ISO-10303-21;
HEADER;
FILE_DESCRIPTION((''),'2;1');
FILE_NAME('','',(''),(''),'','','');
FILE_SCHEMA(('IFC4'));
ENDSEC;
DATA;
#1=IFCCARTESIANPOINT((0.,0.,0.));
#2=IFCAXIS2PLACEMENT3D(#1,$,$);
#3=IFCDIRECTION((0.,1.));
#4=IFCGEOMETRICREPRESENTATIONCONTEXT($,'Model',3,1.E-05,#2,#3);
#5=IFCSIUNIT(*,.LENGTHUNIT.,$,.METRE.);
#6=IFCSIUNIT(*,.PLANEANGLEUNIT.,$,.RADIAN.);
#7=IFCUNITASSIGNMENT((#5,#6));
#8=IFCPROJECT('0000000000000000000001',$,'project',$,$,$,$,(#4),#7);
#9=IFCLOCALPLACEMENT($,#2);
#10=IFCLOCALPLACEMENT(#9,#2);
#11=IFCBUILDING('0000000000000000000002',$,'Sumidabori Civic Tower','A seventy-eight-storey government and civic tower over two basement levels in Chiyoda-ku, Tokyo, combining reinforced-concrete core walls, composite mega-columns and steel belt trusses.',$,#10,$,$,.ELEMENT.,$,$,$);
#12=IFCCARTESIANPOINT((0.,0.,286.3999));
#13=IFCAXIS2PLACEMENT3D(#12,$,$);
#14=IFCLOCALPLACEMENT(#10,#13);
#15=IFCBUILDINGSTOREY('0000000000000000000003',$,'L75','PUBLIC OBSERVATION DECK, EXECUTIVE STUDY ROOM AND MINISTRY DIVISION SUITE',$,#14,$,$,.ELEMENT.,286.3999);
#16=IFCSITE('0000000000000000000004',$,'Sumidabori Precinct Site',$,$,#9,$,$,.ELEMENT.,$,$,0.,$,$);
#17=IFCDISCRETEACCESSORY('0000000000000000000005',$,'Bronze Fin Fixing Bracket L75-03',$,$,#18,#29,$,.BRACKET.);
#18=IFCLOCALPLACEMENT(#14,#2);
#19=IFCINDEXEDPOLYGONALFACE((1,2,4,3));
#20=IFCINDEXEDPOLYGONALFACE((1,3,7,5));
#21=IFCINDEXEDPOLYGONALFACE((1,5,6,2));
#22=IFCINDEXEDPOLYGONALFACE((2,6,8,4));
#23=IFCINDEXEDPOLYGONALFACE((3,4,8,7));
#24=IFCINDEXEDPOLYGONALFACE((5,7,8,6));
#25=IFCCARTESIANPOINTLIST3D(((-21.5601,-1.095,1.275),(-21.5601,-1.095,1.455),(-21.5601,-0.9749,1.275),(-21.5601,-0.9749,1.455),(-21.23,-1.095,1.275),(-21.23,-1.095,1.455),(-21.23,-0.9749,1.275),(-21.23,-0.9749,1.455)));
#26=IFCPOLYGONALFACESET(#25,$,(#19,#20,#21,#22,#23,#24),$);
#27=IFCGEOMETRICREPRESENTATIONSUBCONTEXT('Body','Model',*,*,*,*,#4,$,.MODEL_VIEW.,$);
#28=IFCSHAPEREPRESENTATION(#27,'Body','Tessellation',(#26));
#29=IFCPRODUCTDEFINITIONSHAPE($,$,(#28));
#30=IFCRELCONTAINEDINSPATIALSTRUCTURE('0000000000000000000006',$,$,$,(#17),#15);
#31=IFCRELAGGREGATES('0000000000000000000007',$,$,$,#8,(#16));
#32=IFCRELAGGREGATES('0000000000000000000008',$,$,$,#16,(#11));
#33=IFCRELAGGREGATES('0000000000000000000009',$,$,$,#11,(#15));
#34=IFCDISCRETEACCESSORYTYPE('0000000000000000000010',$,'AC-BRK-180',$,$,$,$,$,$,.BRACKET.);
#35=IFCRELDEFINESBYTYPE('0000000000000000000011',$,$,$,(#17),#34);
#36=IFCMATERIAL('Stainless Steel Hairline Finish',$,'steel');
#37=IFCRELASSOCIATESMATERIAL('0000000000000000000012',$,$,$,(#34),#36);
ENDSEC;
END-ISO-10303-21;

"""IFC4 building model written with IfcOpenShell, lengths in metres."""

from ifc_helpers import new_model, si_unit, direction, frame, origin, origin_2d, place, context, subcontext, project, spatial, rectangle, extrude, source, transform, mapped, material, material_profile, profile_set, type_object, element, save


model = new_model("IFC4")

# Units and contexts
model_context = context("Model", 3, precision=1e-05, world=origin(), true_north=direction((0.0, 1.0)))
body_context = subcontext(model_context, "Body", "Model", "MODEL_VIEW")
ifc_project = project(units=[si_unit("LENGTHUNIT", "METRE"), si_unit("PLANEANGLEUNIT", "RADIAN")], contexts=[model_context])

# Site, building, storey
site_placement = place(None, origin())
site = spatial("IfcSite", under=ifc_project, at=site_placement, Name="Sumidabori Precinct Site", CompositionType="ELEMENT", RefElevation=0.0)
building_placement = place(site_placement, origin())
building = spatial("IfcBuilding", under=site, at=building_placement, Name="Sumidabori Civic Tower", Description="A seventy-eight-storey government and civic tower over two basement levels in Chiyoda-ku, Tokyo, combining reinforced-concrete core walls, composite mega-columns and steel belt trusses.", CompositionType="ELEMENT")
storey_placement = place(building_placement, frame((0.0, 0.0, 286.3999)))
storey = spatial("IfcBuildingStorey", under=building, at=storey_placement, Name="L75", Description="PUBLIC OBSERVATION DECK, EXECUTIVE STUDY ROOM AND MINISTRY DIVISION SUITE", CompositionType="ELEMENT", Elevation=286.3999)

# Discrete accessory
ifc_material_1 = material(Name="Stainless Steel Hairline Finish", Category="steel")
ifc_material_profile_1 = material_profile(ifc_material_1, rectangle(XDim=0.1201, YDim=0.1799, at=origin_2d()), Name="STEEL BRACKET 180x120")
ifc_profile_set_1 = profile_set([ifc_material_profile_1], Name="Stainless Steel Hairline Finish")
discrete_accessory_type = type_object("IfcDiscreteAccessoryType", Name="AC-BRK-180", PredefinedType="BRACKET", material=ifc_profile_set_1)
shared_shape_1 = source(origin(), body_context, "Body", "SweptSolid", [
    extrude(rectangle(XDim=0.1201, YDim=0.1799, at=origin_2d()), origin(), (0.0, 0.0, 1.0), 0.3301),
])
discrete_accessory_placement = place(storey_placement, frame((-21.23, -1.0349, 1.365), z_axis=(-1.0, 0.0, 0.0), x_axis=(0.0, -1.0, 0.0)))
element("IfcDiscreteAccessory", 1, at=discrete_accessory_placement, inside=storey, type_object=discrete_accessory_type, Name="Bronze Fin Fixing Bracket L75-03", PredefinedType="BRACKET", context=body_context, shape_type="MappedRepresentation", body=[
    mapped(shared_shape_1, transform((0.0, 0.0, 0.0), x_axis=(1.0, 0.0, 0.0), y_axis=(0.0, 1.0, 0.0), z_axis=(0.0, 0.0, 1.0), scale=1.0)),
])

save(model, "model.ifc")
